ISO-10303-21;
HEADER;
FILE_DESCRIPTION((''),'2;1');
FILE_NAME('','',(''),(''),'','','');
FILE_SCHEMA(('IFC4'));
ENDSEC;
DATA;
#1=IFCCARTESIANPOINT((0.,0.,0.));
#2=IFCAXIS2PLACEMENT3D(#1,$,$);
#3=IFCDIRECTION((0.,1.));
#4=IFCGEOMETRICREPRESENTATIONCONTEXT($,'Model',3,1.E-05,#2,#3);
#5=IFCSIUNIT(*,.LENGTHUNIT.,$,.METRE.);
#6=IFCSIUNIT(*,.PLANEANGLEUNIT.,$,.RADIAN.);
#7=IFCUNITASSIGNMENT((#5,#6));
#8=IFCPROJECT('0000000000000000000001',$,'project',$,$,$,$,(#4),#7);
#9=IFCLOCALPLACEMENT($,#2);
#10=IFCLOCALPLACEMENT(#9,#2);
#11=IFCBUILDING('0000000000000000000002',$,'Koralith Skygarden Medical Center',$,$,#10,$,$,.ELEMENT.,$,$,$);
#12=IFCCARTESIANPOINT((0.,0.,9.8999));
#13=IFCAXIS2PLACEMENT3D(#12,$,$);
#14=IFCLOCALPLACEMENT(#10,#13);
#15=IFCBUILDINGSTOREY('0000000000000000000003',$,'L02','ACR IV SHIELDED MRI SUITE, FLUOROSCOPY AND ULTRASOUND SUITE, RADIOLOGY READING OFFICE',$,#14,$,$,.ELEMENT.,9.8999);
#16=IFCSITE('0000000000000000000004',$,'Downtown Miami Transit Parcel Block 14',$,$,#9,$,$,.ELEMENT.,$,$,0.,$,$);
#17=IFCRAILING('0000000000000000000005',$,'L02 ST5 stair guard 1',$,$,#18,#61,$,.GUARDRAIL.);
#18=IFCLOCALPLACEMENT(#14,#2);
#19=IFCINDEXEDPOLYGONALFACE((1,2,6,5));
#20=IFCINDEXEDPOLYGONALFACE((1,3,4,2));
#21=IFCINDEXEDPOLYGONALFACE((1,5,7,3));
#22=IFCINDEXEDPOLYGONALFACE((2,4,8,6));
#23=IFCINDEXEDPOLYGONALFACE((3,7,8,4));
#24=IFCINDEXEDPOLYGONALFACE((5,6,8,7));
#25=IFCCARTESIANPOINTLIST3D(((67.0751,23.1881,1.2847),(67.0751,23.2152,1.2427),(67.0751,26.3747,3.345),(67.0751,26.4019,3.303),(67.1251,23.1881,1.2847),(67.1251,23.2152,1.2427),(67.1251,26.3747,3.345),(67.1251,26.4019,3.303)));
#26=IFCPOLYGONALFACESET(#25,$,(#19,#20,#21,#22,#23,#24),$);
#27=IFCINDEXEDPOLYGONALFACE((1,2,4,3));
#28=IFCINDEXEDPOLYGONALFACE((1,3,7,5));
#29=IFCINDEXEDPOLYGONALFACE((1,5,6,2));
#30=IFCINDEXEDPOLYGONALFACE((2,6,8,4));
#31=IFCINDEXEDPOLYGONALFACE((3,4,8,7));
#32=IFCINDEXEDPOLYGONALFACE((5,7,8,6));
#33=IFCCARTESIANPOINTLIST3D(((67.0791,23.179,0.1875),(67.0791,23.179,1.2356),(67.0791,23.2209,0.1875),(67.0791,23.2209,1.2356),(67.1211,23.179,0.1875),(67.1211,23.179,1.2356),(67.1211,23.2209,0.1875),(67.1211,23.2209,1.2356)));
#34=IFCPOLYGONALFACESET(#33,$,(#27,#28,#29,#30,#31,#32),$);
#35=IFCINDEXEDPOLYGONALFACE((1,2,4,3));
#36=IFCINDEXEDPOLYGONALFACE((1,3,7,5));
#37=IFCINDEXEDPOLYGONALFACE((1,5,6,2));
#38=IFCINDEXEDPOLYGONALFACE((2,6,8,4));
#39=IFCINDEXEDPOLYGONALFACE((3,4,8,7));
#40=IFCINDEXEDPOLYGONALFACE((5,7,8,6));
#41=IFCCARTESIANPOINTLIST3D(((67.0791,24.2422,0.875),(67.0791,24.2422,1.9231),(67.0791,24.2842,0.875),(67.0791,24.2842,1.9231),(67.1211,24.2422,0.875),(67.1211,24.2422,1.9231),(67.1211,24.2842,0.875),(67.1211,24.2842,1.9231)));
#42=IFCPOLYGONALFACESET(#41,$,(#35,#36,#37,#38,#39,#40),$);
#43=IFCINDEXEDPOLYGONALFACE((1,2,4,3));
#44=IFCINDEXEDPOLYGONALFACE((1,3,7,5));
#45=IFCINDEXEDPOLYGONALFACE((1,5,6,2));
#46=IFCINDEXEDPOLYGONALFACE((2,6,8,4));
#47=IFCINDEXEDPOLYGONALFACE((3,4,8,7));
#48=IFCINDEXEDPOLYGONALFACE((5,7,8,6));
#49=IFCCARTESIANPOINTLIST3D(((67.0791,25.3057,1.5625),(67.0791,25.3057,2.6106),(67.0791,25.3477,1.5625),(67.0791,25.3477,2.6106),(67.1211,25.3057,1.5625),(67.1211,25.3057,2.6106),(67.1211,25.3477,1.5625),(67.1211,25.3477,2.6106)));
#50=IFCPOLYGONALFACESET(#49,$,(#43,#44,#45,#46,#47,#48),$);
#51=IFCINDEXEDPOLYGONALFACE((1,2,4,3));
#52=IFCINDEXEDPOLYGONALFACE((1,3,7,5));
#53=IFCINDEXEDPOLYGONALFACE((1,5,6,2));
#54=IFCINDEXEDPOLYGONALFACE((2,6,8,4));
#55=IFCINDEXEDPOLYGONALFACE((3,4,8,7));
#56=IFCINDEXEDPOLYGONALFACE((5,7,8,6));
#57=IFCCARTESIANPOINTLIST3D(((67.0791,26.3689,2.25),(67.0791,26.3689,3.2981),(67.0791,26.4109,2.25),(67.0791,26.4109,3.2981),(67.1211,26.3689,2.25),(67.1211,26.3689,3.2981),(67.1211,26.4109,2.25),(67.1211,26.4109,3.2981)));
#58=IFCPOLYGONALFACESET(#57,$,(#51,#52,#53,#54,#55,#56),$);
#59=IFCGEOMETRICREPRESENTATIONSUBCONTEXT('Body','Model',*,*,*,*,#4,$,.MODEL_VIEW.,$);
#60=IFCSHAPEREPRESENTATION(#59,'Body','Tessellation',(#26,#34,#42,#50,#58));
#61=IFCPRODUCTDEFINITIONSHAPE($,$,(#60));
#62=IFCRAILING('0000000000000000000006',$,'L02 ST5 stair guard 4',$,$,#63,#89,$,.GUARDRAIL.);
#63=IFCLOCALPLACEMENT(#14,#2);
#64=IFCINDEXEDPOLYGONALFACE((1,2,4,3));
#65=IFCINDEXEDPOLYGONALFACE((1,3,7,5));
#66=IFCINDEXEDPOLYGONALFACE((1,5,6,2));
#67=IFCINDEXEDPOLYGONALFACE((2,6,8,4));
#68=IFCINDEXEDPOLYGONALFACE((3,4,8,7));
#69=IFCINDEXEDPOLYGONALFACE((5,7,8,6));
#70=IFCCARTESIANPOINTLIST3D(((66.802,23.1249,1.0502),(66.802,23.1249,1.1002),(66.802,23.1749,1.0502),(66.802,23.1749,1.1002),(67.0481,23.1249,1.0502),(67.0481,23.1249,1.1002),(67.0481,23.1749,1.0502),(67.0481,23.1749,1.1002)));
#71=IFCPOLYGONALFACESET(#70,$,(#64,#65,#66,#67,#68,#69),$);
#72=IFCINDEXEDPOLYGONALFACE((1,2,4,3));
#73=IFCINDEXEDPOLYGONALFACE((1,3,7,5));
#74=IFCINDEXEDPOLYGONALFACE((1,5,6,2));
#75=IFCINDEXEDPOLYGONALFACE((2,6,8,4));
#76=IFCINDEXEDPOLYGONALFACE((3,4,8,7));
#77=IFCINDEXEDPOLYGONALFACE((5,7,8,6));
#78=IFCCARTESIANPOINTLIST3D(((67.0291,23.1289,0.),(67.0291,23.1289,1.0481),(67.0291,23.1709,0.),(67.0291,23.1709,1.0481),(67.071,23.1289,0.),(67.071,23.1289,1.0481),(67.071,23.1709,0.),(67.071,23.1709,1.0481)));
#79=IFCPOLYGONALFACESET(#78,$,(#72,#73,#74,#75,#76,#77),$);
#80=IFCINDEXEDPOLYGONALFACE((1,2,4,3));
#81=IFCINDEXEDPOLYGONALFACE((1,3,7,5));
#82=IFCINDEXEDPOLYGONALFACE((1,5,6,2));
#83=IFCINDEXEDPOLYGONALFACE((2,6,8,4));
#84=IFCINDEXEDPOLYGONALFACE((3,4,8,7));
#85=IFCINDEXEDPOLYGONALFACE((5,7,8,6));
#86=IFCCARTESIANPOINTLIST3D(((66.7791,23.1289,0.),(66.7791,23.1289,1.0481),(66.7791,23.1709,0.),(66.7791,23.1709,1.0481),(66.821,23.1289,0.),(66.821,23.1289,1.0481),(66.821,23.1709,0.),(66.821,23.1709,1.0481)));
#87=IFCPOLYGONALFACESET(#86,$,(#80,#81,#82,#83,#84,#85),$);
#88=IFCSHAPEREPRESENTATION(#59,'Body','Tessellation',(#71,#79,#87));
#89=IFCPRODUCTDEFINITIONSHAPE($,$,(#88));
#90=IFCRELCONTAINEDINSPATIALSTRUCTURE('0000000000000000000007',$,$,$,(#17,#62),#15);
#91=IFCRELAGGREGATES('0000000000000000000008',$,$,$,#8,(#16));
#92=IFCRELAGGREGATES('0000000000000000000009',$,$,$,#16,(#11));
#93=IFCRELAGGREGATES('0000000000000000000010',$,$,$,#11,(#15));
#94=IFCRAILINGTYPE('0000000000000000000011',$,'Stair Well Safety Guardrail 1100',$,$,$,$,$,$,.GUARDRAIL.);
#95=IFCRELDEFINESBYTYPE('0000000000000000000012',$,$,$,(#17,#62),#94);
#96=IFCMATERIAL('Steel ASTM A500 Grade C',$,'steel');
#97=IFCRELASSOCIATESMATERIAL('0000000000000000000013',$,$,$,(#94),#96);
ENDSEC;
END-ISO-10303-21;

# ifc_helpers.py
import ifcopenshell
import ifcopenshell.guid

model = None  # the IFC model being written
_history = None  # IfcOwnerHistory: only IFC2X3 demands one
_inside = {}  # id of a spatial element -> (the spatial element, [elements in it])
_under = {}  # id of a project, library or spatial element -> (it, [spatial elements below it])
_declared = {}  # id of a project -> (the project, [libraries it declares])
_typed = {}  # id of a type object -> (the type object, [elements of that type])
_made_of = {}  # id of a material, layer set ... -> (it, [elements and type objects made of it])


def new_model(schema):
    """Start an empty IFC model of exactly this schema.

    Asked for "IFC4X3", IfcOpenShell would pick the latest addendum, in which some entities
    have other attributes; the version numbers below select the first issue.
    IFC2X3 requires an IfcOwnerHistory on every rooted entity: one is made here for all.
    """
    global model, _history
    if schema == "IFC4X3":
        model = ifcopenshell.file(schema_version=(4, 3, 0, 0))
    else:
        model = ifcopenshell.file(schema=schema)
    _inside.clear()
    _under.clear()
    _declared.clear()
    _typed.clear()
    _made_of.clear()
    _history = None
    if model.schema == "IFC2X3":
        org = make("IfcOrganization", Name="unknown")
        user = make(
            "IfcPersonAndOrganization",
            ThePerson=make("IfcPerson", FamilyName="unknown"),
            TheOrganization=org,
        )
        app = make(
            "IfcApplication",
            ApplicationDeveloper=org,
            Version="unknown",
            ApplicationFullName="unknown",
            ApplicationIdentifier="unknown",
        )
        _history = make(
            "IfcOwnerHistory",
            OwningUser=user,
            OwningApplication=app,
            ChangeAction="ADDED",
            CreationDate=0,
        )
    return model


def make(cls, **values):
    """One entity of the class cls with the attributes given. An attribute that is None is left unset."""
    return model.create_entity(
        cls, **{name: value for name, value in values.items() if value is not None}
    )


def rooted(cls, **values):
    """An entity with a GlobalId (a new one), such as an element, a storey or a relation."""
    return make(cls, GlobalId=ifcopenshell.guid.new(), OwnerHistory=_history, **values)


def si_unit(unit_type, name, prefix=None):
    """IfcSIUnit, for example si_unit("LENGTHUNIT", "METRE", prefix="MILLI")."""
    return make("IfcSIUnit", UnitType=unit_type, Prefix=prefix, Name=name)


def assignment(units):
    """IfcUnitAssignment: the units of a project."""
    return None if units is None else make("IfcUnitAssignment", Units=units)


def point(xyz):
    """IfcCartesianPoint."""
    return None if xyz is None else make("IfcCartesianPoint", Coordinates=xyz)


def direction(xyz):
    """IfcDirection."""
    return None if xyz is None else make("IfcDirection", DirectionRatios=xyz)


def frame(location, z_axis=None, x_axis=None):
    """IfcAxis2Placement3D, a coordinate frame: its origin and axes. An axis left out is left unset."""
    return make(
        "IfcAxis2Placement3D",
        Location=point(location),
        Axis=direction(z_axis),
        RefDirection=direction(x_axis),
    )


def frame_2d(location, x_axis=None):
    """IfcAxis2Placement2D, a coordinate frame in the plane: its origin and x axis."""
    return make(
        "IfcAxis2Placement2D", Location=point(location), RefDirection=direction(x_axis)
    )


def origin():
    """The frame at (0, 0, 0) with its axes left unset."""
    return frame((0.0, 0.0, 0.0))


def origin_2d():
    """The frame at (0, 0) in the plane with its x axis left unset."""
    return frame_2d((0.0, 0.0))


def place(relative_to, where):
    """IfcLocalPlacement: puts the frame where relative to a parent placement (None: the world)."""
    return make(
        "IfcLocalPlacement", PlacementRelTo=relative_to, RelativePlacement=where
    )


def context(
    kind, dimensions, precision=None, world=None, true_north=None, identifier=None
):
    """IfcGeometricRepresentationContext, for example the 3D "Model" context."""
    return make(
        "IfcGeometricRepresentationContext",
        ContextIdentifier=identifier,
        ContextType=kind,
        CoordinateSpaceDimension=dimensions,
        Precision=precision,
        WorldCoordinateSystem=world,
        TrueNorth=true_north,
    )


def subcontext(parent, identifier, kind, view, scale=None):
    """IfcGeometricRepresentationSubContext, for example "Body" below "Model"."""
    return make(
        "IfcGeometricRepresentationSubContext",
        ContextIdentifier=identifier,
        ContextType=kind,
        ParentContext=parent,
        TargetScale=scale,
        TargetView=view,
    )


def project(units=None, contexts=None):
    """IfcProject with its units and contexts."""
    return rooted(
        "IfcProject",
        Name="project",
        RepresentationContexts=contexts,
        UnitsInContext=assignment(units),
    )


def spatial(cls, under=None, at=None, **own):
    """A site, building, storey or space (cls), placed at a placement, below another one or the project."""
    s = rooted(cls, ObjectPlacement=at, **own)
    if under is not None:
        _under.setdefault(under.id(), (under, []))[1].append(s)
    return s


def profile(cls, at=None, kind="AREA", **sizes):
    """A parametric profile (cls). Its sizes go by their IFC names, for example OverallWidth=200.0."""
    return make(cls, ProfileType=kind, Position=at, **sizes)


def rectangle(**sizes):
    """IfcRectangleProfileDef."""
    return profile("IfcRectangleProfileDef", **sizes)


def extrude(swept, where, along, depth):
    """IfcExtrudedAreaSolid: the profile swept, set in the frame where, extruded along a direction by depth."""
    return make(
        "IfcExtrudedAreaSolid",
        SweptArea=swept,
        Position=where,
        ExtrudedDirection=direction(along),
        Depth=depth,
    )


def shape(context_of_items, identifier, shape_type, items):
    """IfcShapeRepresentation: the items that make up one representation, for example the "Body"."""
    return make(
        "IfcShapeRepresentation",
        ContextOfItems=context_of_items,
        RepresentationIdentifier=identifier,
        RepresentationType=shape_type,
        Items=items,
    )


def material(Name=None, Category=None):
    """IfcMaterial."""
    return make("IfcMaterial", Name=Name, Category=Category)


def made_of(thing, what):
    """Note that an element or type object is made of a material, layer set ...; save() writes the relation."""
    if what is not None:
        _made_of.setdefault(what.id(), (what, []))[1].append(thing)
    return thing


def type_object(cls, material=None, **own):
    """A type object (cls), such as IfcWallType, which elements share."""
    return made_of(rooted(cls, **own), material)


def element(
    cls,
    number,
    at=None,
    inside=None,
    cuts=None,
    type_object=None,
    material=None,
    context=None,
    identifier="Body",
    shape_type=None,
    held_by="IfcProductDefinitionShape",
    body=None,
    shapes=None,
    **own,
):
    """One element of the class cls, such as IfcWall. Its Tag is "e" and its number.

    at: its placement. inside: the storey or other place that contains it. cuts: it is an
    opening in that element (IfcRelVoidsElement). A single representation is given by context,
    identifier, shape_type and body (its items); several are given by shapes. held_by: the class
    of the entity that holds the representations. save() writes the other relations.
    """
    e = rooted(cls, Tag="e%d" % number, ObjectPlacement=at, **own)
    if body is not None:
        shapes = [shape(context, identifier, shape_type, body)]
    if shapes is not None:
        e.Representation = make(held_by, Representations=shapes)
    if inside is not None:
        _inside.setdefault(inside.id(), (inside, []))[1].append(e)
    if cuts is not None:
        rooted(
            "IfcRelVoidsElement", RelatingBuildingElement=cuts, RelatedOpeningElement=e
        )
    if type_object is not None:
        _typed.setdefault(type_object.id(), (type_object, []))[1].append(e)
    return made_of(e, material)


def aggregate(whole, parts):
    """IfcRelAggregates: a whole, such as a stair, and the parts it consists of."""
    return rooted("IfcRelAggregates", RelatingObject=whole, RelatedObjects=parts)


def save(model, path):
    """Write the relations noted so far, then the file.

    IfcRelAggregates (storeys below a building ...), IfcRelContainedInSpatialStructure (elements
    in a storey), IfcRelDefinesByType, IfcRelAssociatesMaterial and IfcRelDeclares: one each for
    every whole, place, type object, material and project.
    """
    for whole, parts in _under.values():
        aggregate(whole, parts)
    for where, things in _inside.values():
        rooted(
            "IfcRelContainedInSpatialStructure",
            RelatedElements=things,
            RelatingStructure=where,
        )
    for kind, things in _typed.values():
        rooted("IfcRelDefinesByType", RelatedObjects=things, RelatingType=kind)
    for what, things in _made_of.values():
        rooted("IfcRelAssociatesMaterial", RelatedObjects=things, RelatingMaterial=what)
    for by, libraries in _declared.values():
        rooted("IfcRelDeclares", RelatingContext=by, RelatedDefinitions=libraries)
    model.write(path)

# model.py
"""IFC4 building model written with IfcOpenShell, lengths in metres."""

from ifc_helpers import new_model, si_unit, direction, frame, origin, origin_2d, place, context, subcontext, project, spatial, rectangle, extrude, material, type_object, element, save


model = new_model("IFC4")

# Units and contexts
model_context = context("Model", 3, precision=1e-05, world=origin(), true_north=direction((0.0, 1.0)))
body_context = subcontext(model_context, "Body", "Model", "MODEL_VIEW")
ifc_project = project(units=[si_unit("LENGTHUNIT", "METRE"), si_unit("PLANEANGLEUNIT", "RADIAN")], contexts=[model_context])

# Site, building, storey
site_placement = place(None, origin())
site = spatial("IfcSite", under=ifc_project, at=site_placement, Name="Downtown Miami Transit Parcel Block 14", CompositionType="ELEMENT", RefElevation=0.0)
building_placement = place(site_placement, origin())
building = spatial("IfcBuilding", under=site, at=building_placement, Name="Koralith Skygarden Medical Center", CompositionType="ELEMENT")
storey_placement = place(building_placement, frame((0.0, 0.0, 9.8999)))
storey = spatial("IfcBuildingStorey", under=building, at=storey_placement, Name="L02", Description="ACR IV SHIELDED MRI SUITE, FLUOROSCOPY AND ULTRASOUND SUITE, RADIOLOGY READING OFFICE", CompositionType="ELEMENT", Elevation=9.8999)

# Shared definitions
ifc_material_1 = material(Name="Steel ASTM A500 Grade C", Category="steel")

# Railings
railing_type_1 = type_object("IfcRailingType", Name="Stair Well Safety Guardrail 1100", PredefinedType="GUARDRAIL", material=ifc_material_1)
railing_1_placement = place(storey_placement, frame((67.1001, 23.2, 0.1875)))
element("IfcRailing", 1, at=railing_1_placement, inside=storey, type_object=railing_type_1, Name="L02 ST5 stair guard 1", PredefinedType="GUARDRAIL", context=body_context, shape_type="SweptSolid", body=[
    extrude(rectangle(XDim=0.05, YDim=0.05, at=origin_2d()), frame((0.0, 0.0017, 1.0762), z_axis=(0.0, 0.83976, 0.542958), x_axis=(-1.0, 0.0, 0.0)), (0.0, 0.0, 1.0), 3.7947),
    extrude(rectangle(XDim=0.042, YDim=0.042, at=origin_2d()), origin(), (0.0, 0.0, 1.0), 1.0481),
    extrude(rectangle(XDim=0.042, YDim=0.042, at=origin_2d()), frame((0.0, 1.0632, 0.6875)), (0.0, 0.0, 1.0), 1.0481),
    extrude(rectangle(XDim=0.042, YDim=0.042, at=origin_2d()), frame((0.0, 2.1267, 1.375)), (0.0, 0.0, 1.0), 1.0481),
    extrude(rectangle(XDim=0.042, YDim=0.042, at=origin_2d()), frame((0.0, 3.1899, 2.0625)), (0.0, 0.0, 1.0), 1.0481),
])
railing_2_placement = place(storey_placement, frame((67.05, 23.1499, 0.0)))
element("IfcRailing", 2, at=railing_2_placement, inside=storey, type_object=railing_type_1, Name="L02 ST5 stair guard 4", PredefinedType="GUARDRAIL", context=body_context, shape_type="SweptSolid", body=[
    extrude(rectangle(XDim=0.05, YDim=0.05, at=origin_2d()), frame((-0.002, 0.0, 1.0752), z_axis=(-1.0, 0.0, 0.0), x_axis=(0.0, -1.0, 0.0)), (0.0, 0.0, 1.0), 0.2461),
    extrude(rectangle(XDim=0.042, YDim=0.042, at=origin_2d()), origin(), (0.0, 0.0, 1.0), 1.0481),
    extrude(rectangle(XDim=0.042, YDim=0.042, at=origin_2d()), frame((-0.25, 0.0, 0.0)), (0.0, 0.0, 1.0), 1.0481),
])

save(model, "model.ifc")
